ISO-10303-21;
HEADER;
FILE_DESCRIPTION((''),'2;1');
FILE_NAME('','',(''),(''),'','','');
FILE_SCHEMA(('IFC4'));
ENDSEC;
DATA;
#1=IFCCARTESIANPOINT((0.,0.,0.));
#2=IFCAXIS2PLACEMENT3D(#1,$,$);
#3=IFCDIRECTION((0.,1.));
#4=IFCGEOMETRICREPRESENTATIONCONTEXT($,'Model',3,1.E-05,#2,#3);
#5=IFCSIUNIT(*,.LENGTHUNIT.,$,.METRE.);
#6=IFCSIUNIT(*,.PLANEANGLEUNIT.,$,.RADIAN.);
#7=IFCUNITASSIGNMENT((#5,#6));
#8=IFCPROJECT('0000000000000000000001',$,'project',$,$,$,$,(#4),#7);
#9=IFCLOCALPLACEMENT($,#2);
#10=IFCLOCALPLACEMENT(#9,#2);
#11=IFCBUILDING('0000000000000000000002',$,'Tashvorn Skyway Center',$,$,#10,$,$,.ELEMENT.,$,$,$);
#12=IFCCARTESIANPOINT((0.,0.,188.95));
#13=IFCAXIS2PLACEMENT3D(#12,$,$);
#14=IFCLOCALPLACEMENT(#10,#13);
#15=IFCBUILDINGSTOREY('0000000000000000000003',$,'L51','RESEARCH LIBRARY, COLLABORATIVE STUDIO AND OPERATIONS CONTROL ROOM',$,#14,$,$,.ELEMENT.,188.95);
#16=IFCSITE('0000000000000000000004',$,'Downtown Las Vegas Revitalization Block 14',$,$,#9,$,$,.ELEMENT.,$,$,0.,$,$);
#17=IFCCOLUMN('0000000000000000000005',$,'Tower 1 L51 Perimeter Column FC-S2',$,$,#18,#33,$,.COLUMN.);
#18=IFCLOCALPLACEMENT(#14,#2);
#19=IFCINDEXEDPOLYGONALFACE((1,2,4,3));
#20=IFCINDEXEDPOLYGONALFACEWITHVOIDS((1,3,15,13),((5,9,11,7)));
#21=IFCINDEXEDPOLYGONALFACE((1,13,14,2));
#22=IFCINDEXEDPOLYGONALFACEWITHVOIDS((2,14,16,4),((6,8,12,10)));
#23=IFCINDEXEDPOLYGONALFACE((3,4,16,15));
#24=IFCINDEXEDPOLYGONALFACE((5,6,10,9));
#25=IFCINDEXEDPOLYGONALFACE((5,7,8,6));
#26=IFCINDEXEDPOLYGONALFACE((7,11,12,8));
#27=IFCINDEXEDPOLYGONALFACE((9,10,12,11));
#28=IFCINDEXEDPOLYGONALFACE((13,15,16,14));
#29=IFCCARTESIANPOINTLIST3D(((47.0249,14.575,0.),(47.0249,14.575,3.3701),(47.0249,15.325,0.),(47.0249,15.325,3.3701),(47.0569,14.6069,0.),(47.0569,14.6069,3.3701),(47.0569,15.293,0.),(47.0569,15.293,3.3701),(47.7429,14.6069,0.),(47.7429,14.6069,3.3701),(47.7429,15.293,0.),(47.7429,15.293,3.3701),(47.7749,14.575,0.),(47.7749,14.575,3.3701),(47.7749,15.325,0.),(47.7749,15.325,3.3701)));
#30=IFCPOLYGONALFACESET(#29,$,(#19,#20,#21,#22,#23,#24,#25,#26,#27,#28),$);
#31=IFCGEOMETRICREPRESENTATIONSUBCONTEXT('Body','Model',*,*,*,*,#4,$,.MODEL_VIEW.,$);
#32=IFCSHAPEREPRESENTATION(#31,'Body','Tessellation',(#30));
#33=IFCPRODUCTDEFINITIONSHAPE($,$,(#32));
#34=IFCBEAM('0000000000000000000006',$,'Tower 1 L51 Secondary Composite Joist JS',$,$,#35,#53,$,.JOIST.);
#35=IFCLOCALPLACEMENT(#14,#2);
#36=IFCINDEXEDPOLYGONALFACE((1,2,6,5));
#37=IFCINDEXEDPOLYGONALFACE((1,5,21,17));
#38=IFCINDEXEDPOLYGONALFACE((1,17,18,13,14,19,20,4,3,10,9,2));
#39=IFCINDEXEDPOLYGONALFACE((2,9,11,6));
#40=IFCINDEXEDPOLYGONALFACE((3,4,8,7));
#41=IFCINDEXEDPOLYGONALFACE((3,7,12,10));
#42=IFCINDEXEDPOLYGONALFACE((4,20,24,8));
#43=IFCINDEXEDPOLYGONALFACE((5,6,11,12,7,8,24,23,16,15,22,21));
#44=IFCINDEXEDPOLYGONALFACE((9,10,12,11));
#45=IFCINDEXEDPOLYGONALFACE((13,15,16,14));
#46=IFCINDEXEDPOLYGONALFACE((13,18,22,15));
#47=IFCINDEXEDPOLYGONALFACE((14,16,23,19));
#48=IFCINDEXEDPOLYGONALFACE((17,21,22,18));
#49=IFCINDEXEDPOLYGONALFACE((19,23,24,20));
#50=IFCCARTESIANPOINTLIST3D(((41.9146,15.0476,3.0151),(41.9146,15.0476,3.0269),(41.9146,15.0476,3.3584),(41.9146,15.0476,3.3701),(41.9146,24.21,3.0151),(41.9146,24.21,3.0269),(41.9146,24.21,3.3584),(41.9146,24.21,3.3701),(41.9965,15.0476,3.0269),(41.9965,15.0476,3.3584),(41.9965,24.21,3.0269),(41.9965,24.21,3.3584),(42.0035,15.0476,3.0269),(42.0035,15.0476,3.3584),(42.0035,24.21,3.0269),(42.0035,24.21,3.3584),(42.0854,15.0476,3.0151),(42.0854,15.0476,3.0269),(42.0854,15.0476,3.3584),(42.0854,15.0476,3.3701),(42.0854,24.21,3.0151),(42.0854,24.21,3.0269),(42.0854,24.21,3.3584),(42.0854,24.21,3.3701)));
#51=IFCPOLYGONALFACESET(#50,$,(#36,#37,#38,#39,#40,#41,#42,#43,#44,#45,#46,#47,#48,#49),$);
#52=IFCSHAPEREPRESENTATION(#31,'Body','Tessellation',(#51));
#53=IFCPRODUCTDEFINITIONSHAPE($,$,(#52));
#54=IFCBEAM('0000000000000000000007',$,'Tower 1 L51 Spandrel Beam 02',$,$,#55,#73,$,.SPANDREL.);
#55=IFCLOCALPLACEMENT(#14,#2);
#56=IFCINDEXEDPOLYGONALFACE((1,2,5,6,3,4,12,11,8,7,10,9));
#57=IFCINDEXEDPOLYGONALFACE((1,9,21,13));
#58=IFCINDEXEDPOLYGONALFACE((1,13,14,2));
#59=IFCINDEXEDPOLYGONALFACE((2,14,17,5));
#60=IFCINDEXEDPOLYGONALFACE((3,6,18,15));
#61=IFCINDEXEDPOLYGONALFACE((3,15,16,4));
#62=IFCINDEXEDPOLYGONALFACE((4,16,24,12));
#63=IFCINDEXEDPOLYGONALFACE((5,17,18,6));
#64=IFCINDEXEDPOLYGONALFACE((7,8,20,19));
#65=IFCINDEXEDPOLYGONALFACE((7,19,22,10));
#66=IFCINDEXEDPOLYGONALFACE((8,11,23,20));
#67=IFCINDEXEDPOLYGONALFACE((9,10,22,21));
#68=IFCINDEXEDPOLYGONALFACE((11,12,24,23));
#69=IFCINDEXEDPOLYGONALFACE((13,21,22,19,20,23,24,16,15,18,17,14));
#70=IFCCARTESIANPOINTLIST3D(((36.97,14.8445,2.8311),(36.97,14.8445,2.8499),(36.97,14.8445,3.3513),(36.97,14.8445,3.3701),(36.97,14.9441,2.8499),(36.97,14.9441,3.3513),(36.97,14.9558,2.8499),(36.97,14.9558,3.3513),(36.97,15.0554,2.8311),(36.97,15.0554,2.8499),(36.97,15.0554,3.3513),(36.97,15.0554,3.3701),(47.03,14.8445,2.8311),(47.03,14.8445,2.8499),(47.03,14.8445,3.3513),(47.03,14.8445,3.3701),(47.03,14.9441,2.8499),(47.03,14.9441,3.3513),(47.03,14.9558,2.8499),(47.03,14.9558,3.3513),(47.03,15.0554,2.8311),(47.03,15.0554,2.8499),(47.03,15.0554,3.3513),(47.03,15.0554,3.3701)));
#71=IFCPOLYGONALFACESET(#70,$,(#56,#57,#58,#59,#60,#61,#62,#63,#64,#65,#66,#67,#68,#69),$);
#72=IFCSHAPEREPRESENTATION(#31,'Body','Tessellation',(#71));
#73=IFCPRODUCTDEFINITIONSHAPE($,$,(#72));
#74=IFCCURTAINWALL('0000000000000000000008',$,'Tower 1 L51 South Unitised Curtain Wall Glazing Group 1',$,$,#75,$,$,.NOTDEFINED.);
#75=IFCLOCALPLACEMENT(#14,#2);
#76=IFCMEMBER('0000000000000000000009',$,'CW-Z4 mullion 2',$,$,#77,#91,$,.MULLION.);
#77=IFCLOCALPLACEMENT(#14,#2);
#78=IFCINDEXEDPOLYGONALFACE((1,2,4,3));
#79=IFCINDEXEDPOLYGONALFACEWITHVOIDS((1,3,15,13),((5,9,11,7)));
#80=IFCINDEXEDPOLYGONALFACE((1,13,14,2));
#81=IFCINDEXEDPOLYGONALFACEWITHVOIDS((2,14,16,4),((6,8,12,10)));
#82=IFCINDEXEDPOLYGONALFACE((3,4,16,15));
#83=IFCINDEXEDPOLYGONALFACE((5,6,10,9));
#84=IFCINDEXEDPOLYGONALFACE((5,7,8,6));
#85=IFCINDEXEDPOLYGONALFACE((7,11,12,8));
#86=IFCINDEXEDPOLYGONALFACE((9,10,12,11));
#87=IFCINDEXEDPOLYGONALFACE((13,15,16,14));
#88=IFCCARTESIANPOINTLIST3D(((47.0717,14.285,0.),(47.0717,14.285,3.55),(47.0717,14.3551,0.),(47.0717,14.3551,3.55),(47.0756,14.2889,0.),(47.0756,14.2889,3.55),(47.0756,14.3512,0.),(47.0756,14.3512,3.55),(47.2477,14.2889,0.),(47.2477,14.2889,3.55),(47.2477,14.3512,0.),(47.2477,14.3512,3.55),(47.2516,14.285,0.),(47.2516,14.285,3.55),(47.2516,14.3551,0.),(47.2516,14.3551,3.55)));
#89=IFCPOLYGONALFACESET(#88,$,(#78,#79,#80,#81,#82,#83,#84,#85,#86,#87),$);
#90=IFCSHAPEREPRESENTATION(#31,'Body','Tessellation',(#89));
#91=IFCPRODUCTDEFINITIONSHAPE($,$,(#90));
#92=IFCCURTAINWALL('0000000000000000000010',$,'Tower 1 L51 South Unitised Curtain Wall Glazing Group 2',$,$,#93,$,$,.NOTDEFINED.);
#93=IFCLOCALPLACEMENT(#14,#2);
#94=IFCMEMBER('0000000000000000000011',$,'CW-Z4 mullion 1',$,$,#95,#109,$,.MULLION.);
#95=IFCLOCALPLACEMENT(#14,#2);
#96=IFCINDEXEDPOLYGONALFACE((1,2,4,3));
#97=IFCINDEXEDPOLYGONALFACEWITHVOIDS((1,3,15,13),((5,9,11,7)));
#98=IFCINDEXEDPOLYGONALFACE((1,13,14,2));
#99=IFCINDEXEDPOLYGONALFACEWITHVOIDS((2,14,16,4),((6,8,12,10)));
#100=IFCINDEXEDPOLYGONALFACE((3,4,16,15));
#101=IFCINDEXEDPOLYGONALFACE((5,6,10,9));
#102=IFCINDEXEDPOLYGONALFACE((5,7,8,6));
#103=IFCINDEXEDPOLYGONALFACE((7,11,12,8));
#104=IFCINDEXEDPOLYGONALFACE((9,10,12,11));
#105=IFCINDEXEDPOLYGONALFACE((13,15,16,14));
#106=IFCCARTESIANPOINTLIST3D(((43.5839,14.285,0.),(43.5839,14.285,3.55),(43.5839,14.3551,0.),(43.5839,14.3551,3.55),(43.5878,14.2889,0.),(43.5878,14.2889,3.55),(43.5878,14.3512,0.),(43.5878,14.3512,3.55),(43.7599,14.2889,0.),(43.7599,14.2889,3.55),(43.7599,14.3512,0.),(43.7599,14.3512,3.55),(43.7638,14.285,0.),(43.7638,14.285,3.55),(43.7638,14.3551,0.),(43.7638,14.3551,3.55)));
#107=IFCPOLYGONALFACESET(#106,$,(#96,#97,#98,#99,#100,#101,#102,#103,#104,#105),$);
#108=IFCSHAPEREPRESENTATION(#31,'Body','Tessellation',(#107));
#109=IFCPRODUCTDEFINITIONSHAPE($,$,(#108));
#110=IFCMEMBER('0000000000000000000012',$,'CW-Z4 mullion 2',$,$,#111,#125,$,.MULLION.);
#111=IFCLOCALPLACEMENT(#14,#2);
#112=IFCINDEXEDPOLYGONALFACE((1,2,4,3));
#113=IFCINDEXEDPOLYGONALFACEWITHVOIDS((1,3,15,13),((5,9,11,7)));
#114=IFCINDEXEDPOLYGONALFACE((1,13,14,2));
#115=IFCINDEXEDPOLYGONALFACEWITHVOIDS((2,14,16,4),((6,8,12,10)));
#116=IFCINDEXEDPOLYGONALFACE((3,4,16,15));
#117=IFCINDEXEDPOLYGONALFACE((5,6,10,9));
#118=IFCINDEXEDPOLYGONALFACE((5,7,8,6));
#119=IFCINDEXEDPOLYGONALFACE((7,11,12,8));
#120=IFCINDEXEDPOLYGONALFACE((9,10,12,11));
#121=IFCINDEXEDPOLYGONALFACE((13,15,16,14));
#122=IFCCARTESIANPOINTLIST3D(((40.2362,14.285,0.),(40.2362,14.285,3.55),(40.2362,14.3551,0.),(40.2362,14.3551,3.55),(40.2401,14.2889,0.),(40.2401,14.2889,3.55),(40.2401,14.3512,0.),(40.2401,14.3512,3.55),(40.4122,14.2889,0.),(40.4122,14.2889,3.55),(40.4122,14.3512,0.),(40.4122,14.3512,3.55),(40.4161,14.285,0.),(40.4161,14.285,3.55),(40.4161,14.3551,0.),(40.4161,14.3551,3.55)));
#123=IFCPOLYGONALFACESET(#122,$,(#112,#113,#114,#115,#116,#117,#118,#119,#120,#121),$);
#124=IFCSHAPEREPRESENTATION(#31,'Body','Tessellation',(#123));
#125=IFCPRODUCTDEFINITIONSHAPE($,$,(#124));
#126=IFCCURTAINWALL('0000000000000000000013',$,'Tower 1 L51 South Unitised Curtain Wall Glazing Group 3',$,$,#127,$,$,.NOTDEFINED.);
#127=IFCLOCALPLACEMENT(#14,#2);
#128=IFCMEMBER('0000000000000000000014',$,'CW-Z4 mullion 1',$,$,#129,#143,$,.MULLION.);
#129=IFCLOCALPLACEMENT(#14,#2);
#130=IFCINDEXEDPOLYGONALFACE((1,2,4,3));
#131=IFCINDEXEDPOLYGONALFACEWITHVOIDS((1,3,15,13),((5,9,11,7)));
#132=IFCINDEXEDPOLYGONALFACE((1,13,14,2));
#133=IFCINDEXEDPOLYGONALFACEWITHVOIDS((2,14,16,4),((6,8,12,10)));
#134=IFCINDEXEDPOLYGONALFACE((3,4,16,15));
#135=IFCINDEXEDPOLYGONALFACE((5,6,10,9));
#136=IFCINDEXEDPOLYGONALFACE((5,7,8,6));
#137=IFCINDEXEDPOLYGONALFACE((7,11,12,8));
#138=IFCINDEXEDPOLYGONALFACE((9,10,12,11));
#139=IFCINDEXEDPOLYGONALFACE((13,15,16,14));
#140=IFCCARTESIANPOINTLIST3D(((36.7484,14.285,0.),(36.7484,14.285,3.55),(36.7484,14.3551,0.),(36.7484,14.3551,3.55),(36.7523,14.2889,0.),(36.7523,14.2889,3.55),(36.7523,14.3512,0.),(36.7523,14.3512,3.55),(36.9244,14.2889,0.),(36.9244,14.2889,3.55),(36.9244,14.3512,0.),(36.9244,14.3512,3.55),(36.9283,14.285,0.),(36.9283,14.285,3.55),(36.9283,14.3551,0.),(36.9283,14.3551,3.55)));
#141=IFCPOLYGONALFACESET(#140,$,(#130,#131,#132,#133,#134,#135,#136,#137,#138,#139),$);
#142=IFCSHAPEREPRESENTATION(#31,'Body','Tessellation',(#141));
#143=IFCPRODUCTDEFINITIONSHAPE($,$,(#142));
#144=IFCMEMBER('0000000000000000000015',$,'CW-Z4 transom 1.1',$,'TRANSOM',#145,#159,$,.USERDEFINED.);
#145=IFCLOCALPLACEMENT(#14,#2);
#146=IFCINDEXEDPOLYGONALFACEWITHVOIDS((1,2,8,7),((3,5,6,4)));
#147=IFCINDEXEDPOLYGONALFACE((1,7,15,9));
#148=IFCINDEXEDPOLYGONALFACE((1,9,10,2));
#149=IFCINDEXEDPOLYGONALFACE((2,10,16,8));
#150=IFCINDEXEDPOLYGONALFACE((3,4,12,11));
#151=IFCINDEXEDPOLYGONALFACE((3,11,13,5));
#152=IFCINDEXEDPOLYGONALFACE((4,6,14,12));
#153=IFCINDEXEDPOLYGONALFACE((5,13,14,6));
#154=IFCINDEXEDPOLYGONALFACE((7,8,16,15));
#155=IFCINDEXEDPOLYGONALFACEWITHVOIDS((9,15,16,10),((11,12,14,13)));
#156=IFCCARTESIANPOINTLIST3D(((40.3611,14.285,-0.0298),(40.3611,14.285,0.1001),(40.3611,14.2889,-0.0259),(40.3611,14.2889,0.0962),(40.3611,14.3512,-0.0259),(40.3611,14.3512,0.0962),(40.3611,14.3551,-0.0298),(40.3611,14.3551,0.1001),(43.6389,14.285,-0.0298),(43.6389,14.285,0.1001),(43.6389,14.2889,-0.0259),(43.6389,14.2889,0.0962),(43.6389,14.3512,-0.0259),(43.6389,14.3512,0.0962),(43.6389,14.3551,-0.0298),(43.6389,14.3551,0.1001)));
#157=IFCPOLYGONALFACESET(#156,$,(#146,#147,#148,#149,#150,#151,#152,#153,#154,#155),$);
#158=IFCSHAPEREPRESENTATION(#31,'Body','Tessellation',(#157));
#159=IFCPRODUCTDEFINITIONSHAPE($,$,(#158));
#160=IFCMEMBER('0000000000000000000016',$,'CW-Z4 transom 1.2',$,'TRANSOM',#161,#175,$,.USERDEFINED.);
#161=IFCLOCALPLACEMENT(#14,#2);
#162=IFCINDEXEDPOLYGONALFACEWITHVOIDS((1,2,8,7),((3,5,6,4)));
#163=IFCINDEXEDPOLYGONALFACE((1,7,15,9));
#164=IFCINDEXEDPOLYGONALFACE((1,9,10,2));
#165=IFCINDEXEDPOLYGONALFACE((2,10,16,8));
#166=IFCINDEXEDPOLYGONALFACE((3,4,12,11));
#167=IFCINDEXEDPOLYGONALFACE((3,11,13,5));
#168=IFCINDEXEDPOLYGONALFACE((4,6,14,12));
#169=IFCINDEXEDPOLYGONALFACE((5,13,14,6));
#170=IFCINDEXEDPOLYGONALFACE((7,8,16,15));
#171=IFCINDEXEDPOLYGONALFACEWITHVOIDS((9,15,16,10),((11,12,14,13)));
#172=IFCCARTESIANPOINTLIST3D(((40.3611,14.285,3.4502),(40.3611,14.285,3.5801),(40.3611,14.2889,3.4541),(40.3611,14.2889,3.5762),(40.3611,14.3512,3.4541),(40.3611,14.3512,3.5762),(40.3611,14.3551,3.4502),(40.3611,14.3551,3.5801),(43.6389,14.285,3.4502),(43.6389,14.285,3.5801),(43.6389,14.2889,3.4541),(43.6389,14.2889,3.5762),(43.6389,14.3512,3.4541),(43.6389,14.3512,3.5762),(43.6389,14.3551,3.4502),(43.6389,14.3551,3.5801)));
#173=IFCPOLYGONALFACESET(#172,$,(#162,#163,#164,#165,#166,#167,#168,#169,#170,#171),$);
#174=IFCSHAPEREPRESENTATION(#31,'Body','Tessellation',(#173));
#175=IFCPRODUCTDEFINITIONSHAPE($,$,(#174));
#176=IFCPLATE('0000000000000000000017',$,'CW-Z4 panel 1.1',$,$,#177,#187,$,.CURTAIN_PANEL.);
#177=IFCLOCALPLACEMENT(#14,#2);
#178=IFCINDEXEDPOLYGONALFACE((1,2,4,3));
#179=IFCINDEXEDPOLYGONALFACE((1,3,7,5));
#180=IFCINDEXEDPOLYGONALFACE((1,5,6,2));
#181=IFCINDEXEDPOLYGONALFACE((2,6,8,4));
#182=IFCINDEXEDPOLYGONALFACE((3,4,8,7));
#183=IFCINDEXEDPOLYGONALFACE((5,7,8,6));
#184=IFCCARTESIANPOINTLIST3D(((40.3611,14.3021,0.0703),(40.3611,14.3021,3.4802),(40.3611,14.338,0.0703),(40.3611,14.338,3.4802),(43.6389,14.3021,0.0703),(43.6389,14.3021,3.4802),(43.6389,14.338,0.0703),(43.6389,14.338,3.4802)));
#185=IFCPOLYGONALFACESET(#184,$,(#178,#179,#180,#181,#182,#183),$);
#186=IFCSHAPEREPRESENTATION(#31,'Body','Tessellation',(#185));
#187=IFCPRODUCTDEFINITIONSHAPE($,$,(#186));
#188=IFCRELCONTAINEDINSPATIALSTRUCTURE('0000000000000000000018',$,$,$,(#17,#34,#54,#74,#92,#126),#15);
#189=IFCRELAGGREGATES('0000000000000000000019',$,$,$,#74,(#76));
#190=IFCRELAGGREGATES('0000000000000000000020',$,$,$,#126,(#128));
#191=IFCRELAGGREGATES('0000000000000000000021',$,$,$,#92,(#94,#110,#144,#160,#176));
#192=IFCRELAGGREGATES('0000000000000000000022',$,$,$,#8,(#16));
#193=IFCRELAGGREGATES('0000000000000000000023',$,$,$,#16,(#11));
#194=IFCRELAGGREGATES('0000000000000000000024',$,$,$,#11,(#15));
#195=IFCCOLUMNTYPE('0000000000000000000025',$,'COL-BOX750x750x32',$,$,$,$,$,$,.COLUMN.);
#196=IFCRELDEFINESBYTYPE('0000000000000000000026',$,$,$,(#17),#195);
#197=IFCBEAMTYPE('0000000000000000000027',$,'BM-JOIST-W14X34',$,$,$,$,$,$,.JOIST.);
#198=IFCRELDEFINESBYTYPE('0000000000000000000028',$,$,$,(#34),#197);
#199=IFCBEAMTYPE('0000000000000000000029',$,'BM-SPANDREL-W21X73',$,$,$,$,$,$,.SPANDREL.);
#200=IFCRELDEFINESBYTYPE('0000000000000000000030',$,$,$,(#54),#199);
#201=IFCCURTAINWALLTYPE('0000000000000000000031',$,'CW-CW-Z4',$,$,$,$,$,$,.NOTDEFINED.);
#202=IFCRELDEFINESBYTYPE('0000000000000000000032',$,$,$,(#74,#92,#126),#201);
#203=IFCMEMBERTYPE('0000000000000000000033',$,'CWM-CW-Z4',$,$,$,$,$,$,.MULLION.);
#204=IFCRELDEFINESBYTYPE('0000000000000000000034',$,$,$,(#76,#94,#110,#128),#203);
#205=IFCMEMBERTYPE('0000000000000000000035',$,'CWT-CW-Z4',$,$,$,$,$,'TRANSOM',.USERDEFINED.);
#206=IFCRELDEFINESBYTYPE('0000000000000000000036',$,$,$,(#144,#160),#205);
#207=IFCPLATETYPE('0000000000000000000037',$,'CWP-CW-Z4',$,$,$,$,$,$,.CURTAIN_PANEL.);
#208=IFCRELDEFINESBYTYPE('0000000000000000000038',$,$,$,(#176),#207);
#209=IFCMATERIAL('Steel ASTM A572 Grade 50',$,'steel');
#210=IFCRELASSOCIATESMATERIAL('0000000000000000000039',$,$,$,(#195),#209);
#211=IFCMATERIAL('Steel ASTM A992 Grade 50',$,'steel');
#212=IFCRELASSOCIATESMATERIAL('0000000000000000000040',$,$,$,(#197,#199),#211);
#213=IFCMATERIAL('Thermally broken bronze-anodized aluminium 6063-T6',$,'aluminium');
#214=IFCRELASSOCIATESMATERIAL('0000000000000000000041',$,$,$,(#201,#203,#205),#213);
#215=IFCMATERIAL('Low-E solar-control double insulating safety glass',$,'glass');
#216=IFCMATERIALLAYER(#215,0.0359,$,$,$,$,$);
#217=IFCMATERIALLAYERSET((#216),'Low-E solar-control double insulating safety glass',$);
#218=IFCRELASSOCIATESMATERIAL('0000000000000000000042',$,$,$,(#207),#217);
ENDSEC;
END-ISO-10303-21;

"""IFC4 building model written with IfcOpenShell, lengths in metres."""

from ifc_helpers import new_model, si_unit, direction, frame, origin, origin_2d, place, context, subcontext, project, spatial, rectangle, hollow_rectangle, i_section, extrude, material, layer, layer_set, material_profile, profile_set, type_object, element, aggregate, save


model = new_model("IFC4")

# Units and contexts
model_context = context("Model", 3, precision=1e-05, world=origin(), true_north=direction((0.0, 1.0)))
body_context = subcontext(model_context, "Body", "Model", "MODEL_VIEW")
ifc_project = project(units=[si_unit("LENGTHUNIT", "METRE"), si_unit("PLANEANGLEUNIT", "RADIAN")], contexts=[model_context])

# Site, building, storey
site_placement = place(None, origin())
site = spatial("IfcSite", under=ifc_project, at=site_placement, Name="Downtown Las Vegas Revitalization Block 14", CompositionType="ELEMENT", RefElevation=0.0)
building_placement = place(site_placement, origin())
building = spatial("IfcBuilding", under=site, at=building_placement, Name="Tashvorn Skyway Center", CompositionType="ELEMENT")
storey_placement = place(building_placement, frame((0.0, 0.0, 188.95)))
storey = spatial("IfcBuildingStorey", under=building, at=storey_placement, Name="L51", Description="RESEARCH LIBRARY, COLLABORATIVE STUDIO AND OPERATIONS CONTROL ROOM", CompositionType="ELEMENT", Elevation=188.95)

# Column
ifc_material_1 = material(Name="Steel ASTM A572 Grade 50", Category="steel")
ifc_material_profile_1 = material_profile(ifc_material_1, hollow_rectangle(XDim=0.75, YDim=0.75, WallThickness=0.032, at=origin_2d()), Name="BOX750x750x32")
ifc_profile_set_1 = profile_set([ifc_material_profile_1], Name="Steel ASTM A572 Grade 50")
column_type = type_object("IfcColumnType", Name="COL-BOX750x750x32", PredefinedType="COLUMN", material=ifc_profile_set_1)
column_placement = place(storey_placement, frame((47.3999, 14.95, 0.0), z_axis=(0.0, 0.0, 1.0), x_axis=(1.0, 0.0, 0.0)))
element("IfcColumn", 1, at=column_placement, inside=storey, type_object=column_type, Name="Tower 1 L51 Perimeter Column FC-S2", PredefinedType="COLUMN", context=body_context, shape_type="SweptSolid", body=[
    extrude(hollow_rectangle(XDim=0.75, YDim=0.75, WallThickness=0.032, at=origin_2d()), origin(), (0.0, 0.0, 1.0), 3.3701),
])

# Beams
ifc_material_2 = material(Name="Steel ASTM A992 Grade 50", Category="steel")
ifc_material_profile_2 = material_profile(ifc_material_2, i_section(OverallWidth=0.1709, OverallDepth=0.355, WebThickness=0.0071, FlangeThickness=0.0117, at=origin_2d()), Name="W14X34")
ifc_profile_set_2 = profile_set([ifc_material_profile_2], Name="Steel ASTM A992 Grade 50")
beam_type_1 = type_object("IfcBeamType", Name="BM-JOIST-W14X34", PredefinedType="JOIST", material=ifc_profile_set_2)
beam_1_placement = place(storey_placement, frame((42.0, 24.21, 3.1926), z_axis=(0.0, -1.0, 0.0), x_axis=(1.0, 0.0, 0.0)))
element("IfcBeam", 2, at=beam_1_placement, inside=storey, type_object=beam_type_1, Name="Tower 1 L51 Secondary Composite Joist JS", PredefinedType="JOIST", context=body_context, shape_type="SweptSolid", body=[
    extrude(i_section(OverallWidth=0.1709, OverallDepth=0.355, WebThickness=0.0071, FlangeThickness=0.0117, at=origin_2d()), origin(), (0.0, 0.0, 1.0), 9.1624),
])
ifc_material_profile_3 = material_profile(ifc_material_2, i_section(OverallWidth=0.2109, OverallDepth=0.5391, WebThickness=0.0117, FlangeThickness=0.0188, at=origin_2d()), Name="W21X73")
ifc_profile_set_3 = profile_set([ifc_material_profile_3], Name="Steel ASTM A992 Grade 50")
beam_type_2 = type_object("IfcBeamType", Name="BM-SPANDREL-W21X73", PredefinedType="SPANDREL", material=ifc_profile_set_3)
beam_2_placement = place(storey_placement, frame((36.97, 14.95, 3.1006), z_axis=(1.0, 0.0, 0.0), x_axis=(0.0, 1.0, 0.0)))
element("IfcBeam", 3, at=beam_2_placement, inside=storey, type_object=beam_type_2, Name="Tower 1 L51 Spandrel Beam 02", PredefinedType="SPANDREL", context=body_context, shape_type="SweptSolid", body=[
    extrude(i_section(OverallWidth=0.2109, OverallDepth=0.5391, WebThickness=0.0117, FlangeThickness=0.0188, at=origin_2d()), origin(), (0.0, 0.0, 1.0), 10.0601),
])

# Curtain wall, member
ifc_material_3 = material(Name="Thermally broken bronze-anodized aluminium 6063-T6", Category="aluminium")
curtain_wall_type = type_object("IfcCurtainWallType", Name="CW-CW-Z4", PredefinedType="NOTDEFINED", material=ifc_material_3)
curtain_wall_1_placement = place(storey_placement, origin())
curtain_wall_1 = element("IfcCurtainWall", 4, at=curtain_wall_1_placement, inside=storey, type_object=curtain_wall_type, Name="Tower 1 L51 South Unitised Curtain Wall Glazing Group 1", PredefinedType="NOTDEFINED")
ifc_material_profile_4 = material_profile(ifc_material_3, hollow_rectangle(XDim=0.0701, YDim=0.1799, WallThickness=0.0039, at=origin_2d()), Name="ALU-MULL-70x180")
ifc_profile_set_4 = profile_set([ifc_material_profile_4], Name="Thermally broken bronze-anodized aluminium 6063-T6")
member_type_1 = type_object("IfcMemberType", Name="CWM-CW-Z4", PredefinedType="MULLION", material=ifc_profile_set_4)
member_1_placement = place(storey_placement, frame((47.1616, 14.3201, 0.0), z_axis=(0.0, 0.0, 1.0), x_axis=(0.0, -1.0, 0.0)))
member_1 = element("IfcMember", 5, at=member_1_placement, type_object=member_type_1, Name="CW-Z4 mullion 2", PredefinedType="MULLION", context=body_context, shape_type="SweptSolid", body=[
    extrude(hollow_rectangle(XDim=0.0701, YDim=0.1799, WallThickness=0.0039, at=origin_2d()), origin(), (0.0, 0.0, 1.0), 3.55),
])
aggregate(curtain_wall_1, [member_1])

# Curtain wall, members
curtain_wall_2_placement = place(storey_placement, origin())
curtain_wall_2 = element("IfcCurtainWall", 6, at=curtain_wall_2_placement, inside=storey, type_object=curtain_wall_type, Name="Tower 1 L51 South Unitised Curtain Wall Glazing Group 2", PredefinedType="NOTDEFINED")
member_2_placement = place(storey_placement, frame((43.6738, 14.3201, 0.0), z_axis=(0.0, 0.0, 1.0), x_axis=(0.0, -1.0, 0.0)))
member_2 = element("IfcMember", 7, at=member_2_placement, type_object=member_type_1, Name="CW-Z4 mullion 1", PredefinedType="MULLION", context=body_context, shape_type="SweptSolid", body=[
    extrude(hollow_rectangle(XDim=0.0701, YDim=0.1799, WallThickness=0.0039, at=origin_2d()), origin(), (0.0, 0.0, 1.0), 3.55),
])
member_3_placement = place(storey_placement, frame((40.3262, 14.3201, 0.0), z_axis=(0.0, 0.0, 1.0), x_axis=(0.0, -1.0, 0.0)))
member_3 = element("IfcMember", 8, at=member_3_placement, type_object=member_type_1, Name="CW-Z4 mullion 2", PredefinedType="MULLION", context=body_context, shape_type="SweptSolid", body=[
    extrude(hollow_rectangle(XDim=0.0701, YDim=0.1799, WallThickness=0.0039, at=origin_2d()), origin(), (0.0, 0.0, 1.0), 3.55),
])

# Curtain wall, member
curtain_wall_3_placement = place(storey_placement, origin())
curtain_wall_3 = element("IfcCurtainWall", 9, at=curtain_wall_3_placement, inside=storey, type_object=curtain_wall_type, Name="Tower 1 L51 South Unitised Curtain Wall Glazing Group 3", PredefinedType="NOTDEFINED")
member_4_placement = place(storey_placement, frame((36.8384, 14.3201, 0.0), z_axis=(0.0, 0.0, 1.0), x_axis=(0.0, -1.0, 0.0)))
member_4 = element("IfcMember", 10, at=member_4_placement, type_object=member_type_1, Name="CW-Z4 mullion 1", PredefinedType="MULLION", context=body_context, shape_type="SweptSolid", body=[
    extrude(hollow_rectangle(XDim=0.0701, YDim=0.1799, WallThickness=0.0039, at=origin_2d()), origin(), (0.0, 0.0, 1.0), 3.55),
])
aggregate(curtain_wall_3, [member_4])

# Members
ifc_material_profile_5 = material_profile(ifc_material_3, hollow_rectangle(XDim=0.0701, YDim=0.1299, WallThickness=0.0039, at=origin_2d()), Name="ALU-TRAN-70x130")
ifc_profile_set_5 = profile_set([ifc_material_profile_5], Name="Thermally broken bronze-anodized aluminium 6063-T6")
member_type_2 = type_object("IfcMemberType", Name="CWT-CW-Z4", ElementType="TRANSOM", PredefinedType="USERDEFINED", material=ifc_profile_set_5)
member_5_placement = place(storey_placement, frame((43.6389, 14.3201, 0.0352), z_axis=(-1.0, 0.0, 0.0), x_axis=(0.0, -1.0, 0.0)))
member_5 = element("IfcMember", 11, at=member_5_placement, type_object=member_type_2, Name="CW-Z4 transom 1.1", ObjectType="TRANSOM", PredefinedType="USERDEFINED", context=body_context, shape_type="SweptSolid", body=[
    extrude(hollow_rectangle(XDim=0.0701, YDim=0.1299, WallThickness=0.0039, at=origin_2d()), origin(), (0.0, 0.0, 1.0), 3.2778),
])
member_6_placement = place(storey_placement, frame((43.6389, 14.3201, 3.5151), z_axis=(-1.0, 0.0, 0.0), x_axis=(0.0, -1.0, 0.0)))
member_6 = element("IfcMember", 12, at=member_6_placement, type_object=member_type_2, Name="CW-Z4 transom 1.2", ObjectType="TRANSOM", PredefinedType="USERDEFINED", context=body_context, shape_type="SweptSolid", body=[
    extrude(hollow_rectangle(XDim=0.0701, YDim=0.1299, WallThickness=0.0039, at=origin_2d()), origin(), (0.0, 0.0, 1.0), 3.2778),
])

# Plate
ifc_material_4 = material(Name="Low-E solar-control double insulating safety glass", Category="glass")
ifc_layer_1 = layer(ifc_material_4, 0.0359)
ifc_layer_set_1 = layer_set([ifc_layer_1], Name="Low-E solar-control double insulating safety glass")
plate_type = type_object("IfcPlateType", Name="CWP-CW-Z4", PredefinedType="CURTAIN_PANEL", material=ifc_layer_set_1)
plate_placement = place(storey_placement, frame((42.0, 14.3201, 0.0703), z_axis=(0.0, 0.0, 1.0), x_axis=(-1.0, 0.0, 0.0)))
plate = element("IfcPlate", 13, at=plate_placement, type_object=plate_type, Name="CW-Z4 panel 1.1", PredefinedType="CURTAIN_PANEL", context=body_context, shape_type="SweptSolid", body=[
    extrude(rectangle(XDim=3.2778, YDim=0.0359, at=origin_2d()), origin(), (0.0, 0.0, 1.0), 3.4099),
])
aggregate(curtain_wall_2, [member_2, member_3, member_5, member_6, plate])

save(model, "model.ifc")
